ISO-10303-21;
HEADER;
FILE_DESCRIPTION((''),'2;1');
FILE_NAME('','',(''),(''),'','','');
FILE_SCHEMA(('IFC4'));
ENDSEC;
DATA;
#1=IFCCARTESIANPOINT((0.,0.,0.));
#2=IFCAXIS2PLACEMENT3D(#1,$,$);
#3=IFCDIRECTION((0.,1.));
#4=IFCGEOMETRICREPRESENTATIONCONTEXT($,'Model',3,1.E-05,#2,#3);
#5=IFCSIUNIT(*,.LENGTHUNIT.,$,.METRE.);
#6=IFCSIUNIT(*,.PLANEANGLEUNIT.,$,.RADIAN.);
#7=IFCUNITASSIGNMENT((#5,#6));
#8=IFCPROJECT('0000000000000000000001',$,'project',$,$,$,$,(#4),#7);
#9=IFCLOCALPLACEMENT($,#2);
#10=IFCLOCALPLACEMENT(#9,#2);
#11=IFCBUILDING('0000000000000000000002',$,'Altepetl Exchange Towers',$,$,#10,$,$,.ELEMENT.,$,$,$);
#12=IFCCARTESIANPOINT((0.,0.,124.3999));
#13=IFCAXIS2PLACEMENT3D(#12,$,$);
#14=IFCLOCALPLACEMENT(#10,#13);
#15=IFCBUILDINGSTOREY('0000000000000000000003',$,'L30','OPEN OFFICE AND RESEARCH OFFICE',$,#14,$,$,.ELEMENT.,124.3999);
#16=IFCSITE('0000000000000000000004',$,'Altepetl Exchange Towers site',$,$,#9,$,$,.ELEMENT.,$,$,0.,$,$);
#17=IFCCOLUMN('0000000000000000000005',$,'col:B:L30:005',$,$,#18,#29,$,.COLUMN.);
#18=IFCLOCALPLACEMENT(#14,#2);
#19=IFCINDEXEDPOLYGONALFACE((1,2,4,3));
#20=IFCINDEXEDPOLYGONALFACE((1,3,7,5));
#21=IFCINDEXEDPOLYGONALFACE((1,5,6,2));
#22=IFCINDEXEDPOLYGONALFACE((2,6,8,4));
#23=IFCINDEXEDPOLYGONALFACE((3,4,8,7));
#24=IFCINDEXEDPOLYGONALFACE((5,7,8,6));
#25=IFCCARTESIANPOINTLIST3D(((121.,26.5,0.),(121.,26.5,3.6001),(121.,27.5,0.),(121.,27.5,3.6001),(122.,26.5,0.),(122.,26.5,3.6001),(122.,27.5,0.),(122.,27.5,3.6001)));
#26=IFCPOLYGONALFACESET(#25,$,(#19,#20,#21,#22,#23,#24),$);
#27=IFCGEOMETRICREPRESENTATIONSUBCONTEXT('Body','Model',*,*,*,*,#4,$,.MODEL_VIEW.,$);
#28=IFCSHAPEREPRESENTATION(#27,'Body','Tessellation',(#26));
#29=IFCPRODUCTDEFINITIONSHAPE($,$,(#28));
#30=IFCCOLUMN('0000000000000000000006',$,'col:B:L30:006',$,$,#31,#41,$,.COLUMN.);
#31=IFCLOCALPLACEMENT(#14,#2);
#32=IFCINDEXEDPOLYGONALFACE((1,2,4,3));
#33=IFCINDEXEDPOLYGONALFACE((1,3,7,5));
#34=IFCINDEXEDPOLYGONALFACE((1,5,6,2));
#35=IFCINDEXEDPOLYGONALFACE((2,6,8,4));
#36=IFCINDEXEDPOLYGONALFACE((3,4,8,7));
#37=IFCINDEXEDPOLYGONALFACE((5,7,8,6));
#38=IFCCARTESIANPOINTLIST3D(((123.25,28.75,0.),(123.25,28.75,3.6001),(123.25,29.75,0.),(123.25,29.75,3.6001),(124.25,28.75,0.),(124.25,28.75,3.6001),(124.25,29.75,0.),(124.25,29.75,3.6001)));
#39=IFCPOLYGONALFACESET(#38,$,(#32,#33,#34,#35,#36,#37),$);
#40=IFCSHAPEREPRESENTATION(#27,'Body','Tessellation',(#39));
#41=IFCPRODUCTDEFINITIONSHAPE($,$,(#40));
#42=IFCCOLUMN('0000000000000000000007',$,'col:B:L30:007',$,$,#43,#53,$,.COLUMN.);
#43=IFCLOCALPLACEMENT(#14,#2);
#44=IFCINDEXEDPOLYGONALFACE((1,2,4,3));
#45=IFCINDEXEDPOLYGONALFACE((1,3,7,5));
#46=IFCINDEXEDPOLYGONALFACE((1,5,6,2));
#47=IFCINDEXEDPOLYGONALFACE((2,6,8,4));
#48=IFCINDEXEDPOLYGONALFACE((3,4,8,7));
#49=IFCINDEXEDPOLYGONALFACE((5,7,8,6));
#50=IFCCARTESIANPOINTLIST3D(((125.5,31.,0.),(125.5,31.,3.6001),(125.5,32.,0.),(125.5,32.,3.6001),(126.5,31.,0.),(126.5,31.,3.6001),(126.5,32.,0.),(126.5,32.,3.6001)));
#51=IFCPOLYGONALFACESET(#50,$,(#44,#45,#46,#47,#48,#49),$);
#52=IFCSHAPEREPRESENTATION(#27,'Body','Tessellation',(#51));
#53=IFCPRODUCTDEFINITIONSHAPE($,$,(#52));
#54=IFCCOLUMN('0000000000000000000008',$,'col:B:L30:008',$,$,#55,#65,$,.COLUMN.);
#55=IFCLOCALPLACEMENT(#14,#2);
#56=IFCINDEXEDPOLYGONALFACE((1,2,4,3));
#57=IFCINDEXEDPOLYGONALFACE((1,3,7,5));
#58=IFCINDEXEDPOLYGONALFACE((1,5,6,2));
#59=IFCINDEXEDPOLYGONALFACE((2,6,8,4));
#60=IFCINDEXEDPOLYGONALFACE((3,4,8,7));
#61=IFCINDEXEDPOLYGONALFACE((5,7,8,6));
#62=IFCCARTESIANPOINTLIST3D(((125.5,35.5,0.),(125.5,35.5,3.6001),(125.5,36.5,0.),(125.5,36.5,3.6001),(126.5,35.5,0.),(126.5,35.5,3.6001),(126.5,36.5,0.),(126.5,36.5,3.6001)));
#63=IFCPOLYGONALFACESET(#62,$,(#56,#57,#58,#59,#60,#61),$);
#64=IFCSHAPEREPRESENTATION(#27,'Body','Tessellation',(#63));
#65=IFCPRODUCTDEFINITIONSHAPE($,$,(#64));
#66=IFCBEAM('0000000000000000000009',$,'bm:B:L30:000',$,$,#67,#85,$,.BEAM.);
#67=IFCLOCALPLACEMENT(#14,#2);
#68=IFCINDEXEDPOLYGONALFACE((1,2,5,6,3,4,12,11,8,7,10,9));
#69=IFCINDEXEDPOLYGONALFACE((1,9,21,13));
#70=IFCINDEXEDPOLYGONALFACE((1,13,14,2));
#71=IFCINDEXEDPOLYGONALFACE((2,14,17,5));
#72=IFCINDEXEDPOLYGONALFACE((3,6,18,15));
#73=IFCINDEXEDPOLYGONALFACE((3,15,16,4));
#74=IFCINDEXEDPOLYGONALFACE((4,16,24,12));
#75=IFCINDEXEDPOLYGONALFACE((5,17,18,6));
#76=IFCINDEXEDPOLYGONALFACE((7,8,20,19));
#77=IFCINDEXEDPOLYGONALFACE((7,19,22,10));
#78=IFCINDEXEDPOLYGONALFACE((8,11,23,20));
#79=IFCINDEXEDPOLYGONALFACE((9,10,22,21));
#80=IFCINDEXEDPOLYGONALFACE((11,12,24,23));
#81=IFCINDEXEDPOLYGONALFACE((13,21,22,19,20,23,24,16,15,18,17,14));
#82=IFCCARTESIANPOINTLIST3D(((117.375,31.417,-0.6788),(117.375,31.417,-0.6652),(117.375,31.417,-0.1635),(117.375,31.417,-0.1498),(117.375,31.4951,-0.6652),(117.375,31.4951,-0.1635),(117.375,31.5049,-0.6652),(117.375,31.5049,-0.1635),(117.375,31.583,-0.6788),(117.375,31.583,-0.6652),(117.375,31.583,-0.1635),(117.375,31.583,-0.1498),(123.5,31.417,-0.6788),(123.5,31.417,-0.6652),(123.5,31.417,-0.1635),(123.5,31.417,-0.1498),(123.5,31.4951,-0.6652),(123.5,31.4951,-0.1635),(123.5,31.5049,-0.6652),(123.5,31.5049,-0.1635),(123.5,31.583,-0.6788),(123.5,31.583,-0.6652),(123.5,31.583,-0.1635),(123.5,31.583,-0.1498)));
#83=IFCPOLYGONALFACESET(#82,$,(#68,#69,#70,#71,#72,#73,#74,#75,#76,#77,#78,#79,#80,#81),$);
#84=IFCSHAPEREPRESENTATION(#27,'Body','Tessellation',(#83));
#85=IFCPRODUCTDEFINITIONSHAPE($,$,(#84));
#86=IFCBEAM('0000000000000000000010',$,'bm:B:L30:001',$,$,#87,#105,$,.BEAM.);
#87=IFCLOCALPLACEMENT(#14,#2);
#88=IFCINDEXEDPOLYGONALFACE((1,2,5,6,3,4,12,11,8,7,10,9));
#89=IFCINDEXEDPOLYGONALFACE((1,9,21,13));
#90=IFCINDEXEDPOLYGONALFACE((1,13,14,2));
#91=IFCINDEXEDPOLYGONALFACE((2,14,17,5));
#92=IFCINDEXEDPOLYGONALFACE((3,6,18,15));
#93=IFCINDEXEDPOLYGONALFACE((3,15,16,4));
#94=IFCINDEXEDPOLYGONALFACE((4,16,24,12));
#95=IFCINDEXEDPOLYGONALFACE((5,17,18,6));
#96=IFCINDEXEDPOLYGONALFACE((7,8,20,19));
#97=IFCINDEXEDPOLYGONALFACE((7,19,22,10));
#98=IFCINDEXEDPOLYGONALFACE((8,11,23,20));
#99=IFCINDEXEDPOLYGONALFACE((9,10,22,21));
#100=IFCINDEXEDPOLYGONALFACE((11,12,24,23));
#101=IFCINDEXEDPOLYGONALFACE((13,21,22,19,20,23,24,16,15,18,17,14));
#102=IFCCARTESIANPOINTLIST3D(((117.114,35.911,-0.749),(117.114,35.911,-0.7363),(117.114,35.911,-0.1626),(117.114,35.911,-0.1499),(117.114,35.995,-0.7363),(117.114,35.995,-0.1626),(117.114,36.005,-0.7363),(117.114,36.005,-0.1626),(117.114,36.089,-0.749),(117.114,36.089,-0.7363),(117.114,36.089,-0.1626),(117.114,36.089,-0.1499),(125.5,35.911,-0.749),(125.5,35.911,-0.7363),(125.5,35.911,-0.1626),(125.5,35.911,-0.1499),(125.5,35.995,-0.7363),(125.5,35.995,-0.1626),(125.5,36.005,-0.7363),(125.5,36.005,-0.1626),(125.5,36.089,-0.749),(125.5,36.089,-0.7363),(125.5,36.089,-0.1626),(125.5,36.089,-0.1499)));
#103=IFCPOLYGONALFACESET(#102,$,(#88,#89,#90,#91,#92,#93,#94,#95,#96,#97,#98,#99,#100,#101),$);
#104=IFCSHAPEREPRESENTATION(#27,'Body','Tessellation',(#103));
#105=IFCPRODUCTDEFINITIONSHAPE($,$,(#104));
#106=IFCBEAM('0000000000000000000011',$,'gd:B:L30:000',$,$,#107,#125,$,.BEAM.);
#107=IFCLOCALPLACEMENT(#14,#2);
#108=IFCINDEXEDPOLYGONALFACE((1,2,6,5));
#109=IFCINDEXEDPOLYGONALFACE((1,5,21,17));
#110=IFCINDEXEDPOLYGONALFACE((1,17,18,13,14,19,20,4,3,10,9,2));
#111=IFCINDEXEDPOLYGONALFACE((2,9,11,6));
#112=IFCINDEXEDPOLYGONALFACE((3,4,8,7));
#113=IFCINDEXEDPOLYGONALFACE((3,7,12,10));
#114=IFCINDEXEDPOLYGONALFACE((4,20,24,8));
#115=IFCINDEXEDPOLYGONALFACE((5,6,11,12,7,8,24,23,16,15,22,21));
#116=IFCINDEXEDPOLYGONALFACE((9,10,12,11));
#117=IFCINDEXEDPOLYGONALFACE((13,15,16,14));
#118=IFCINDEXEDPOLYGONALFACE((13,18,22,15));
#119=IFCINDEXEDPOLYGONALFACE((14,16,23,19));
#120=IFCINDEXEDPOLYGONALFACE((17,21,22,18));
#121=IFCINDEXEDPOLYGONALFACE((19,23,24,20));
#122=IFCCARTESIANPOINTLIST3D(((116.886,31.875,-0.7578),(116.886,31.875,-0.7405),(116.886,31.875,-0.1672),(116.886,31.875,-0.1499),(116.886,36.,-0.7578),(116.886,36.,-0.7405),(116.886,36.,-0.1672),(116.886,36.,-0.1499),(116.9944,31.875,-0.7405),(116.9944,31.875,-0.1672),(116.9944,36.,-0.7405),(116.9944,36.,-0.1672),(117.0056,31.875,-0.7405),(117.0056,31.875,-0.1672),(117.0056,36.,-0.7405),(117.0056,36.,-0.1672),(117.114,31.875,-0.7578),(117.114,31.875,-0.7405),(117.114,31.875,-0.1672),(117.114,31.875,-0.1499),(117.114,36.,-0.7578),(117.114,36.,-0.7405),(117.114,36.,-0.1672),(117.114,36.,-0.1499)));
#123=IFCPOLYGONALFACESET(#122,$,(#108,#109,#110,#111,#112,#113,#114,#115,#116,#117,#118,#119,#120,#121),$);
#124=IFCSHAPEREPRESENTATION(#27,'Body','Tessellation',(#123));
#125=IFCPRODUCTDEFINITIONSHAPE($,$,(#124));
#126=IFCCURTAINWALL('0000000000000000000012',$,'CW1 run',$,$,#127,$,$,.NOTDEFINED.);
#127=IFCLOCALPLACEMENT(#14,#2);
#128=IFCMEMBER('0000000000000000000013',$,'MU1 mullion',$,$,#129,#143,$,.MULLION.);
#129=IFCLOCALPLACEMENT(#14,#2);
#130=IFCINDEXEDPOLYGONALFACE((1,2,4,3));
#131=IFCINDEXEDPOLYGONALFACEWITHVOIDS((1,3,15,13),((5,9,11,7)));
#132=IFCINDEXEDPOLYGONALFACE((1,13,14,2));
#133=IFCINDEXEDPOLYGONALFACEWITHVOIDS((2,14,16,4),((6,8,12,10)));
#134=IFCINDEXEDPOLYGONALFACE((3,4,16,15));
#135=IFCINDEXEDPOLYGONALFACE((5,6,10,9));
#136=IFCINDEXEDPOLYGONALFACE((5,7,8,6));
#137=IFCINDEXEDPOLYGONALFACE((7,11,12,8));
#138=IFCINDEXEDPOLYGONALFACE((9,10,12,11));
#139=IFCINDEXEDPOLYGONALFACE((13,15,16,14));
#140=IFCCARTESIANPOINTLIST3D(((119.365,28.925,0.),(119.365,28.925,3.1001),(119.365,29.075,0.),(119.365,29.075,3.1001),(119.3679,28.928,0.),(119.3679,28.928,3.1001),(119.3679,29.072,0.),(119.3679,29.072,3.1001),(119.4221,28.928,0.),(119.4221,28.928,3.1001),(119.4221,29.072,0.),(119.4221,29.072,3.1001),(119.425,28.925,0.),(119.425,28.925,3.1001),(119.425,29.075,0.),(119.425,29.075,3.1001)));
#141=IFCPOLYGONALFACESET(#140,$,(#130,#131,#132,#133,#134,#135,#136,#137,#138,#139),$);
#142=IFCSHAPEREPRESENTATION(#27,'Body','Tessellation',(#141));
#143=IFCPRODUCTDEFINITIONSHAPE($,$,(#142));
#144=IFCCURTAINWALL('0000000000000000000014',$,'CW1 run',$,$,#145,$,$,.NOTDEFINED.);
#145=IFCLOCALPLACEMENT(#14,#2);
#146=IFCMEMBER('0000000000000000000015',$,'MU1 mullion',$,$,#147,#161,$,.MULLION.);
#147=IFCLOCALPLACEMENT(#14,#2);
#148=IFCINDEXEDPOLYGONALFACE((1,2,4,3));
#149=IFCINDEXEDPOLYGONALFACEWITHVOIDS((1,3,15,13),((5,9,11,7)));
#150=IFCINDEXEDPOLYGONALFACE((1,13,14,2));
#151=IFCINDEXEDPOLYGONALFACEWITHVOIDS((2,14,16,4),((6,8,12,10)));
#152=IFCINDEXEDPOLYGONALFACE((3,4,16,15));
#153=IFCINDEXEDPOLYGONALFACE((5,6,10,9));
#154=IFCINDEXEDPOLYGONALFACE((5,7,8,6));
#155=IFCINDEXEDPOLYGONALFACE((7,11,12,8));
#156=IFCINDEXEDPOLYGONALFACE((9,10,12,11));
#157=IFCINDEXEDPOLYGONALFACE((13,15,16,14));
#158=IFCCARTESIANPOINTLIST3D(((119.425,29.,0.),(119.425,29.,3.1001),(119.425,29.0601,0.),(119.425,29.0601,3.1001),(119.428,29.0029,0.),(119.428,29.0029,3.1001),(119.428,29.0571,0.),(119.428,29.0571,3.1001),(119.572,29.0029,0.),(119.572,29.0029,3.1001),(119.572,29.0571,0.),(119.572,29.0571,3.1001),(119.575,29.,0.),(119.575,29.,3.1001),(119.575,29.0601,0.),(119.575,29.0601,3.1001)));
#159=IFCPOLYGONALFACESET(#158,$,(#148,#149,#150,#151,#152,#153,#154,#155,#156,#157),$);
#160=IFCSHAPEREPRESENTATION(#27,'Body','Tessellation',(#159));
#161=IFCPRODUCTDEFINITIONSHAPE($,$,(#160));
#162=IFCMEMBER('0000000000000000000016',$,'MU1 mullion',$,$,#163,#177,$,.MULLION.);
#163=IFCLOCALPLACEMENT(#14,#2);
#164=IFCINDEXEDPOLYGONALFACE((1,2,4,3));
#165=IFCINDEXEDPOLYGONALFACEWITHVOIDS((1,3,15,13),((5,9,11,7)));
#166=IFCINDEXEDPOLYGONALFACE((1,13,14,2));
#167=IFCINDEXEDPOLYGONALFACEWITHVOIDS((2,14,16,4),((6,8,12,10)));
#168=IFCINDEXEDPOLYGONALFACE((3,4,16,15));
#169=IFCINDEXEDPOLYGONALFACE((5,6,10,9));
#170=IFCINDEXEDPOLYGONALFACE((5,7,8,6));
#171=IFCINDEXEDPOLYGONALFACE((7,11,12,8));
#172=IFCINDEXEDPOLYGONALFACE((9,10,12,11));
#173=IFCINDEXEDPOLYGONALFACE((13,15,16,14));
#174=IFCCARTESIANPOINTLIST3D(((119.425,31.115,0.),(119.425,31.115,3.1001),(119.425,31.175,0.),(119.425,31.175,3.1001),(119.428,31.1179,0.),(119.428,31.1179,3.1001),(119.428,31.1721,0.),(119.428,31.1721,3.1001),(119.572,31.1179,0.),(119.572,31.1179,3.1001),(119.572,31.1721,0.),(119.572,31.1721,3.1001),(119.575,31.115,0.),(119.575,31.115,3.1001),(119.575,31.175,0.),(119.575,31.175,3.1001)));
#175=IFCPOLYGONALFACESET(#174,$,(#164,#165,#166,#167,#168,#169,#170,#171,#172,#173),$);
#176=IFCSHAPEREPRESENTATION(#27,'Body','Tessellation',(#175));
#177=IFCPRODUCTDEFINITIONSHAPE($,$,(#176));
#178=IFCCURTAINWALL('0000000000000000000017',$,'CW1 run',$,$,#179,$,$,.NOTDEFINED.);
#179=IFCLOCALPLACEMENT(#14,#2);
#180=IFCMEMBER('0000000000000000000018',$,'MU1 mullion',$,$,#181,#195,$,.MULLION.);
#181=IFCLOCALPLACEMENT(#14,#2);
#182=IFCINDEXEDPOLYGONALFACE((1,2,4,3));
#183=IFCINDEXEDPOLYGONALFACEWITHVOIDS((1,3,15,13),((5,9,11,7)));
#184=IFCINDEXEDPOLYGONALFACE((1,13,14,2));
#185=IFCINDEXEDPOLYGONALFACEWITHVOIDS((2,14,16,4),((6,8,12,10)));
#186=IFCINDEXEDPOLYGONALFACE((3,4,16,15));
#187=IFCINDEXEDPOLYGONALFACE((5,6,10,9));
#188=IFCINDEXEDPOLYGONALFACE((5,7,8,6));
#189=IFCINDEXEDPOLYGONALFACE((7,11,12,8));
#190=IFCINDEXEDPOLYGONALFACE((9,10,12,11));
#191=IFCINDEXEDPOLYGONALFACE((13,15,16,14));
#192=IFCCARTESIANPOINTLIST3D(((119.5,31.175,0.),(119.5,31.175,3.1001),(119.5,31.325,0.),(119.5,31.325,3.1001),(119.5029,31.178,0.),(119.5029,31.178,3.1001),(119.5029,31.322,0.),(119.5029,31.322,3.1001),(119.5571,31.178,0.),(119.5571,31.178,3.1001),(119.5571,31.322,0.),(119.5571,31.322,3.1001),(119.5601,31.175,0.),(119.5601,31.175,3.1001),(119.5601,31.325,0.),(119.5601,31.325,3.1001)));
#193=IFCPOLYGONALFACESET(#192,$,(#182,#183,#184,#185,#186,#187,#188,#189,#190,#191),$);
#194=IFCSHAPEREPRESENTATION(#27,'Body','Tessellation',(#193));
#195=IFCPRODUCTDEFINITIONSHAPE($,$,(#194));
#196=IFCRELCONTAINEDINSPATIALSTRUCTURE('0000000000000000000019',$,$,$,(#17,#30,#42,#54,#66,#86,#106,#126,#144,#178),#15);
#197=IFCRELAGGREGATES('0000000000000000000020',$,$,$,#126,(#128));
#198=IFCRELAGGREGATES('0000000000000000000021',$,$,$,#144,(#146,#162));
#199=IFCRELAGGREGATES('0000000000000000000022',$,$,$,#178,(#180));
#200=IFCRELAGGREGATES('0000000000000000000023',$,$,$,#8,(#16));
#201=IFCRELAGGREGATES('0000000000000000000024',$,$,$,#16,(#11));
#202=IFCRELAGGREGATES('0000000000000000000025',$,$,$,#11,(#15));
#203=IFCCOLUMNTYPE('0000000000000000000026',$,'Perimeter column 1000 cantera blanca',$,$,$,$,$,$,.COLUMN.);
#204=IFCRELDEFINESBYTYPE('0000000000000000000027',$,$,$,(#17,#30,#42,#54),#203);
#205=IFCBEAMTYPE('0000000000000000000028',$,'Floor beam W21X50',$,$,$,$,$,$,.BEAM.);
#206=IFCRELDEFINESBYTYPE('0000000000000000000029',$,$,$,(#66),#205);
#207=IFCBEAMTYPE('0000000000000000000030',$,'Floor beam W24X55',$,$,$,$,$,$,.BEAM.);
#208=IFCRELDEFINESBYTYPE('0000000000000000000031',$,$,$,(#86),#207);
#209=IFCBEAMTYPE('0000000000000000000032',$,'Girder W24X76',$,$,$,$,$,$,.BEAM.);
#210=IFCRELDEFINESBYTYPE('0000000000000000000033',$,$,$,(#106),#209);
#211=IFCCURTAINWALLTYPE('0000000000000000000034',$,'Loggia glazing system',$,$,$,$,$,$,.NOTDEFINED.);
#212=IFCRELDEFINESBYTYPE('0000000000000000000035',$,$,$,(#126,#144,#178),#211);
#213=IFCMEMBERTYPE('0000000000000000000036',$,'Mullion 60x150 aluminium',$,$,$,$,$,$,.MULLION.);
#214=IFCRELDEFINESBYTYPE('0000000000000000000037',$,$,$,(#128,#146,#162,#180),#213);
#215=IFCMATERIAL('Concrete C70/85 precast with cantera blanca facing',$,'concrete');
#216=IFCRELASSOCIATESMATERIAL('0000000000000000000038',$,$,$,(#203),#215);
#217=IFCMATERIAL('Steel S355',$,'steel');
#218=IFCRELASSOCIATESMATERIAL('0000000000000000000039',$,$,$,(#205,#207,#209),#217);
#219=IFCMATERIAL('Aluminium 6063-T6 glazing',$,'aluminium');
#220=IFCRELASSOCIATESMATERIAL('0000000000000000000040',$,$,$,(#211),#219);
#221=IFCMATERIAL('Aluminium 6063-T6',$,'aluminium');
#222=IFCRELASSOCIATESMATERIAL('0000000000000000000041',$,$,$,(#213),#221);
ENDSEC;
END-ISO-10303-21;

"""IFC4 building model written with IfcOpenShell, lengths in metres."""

from ifc_helpers import new_model, si_unit, direction, frame, origin, origin_2d, place, context, subcontext, project, spatial, rectangle, hollow_rectangle, i_section, extrude, material, material_profile, profile_set, type_object, element, aggregate, save


model = new_model("IFC4")

# Units and contexts
model_context = context("Model", 3, precision=1e-05, world=origin(), true_north=direction((0.0, 1.0)))
body_context = subcontext(model_context, "Body", "Model", "MODEL_VIEW")
ifc_project = project(units=[si_unit("LENGTHUNIT", "METRE"), si_unit("PLANEANGLEUNIT", "RADIAN")], contexts=[model_context])

# Site, building, storey
site_placement = place(None, origin())
site = spatial("IfcSite", under=ifc_project, at=site_placement, Name="Altepetl Exchange Towers site", CompositionType="ELEMENT", RefElevation=0.0)
building_placement = place(site_placement, origin())
building = spatial("IfcBuilding", under=site, at=building_placement, Name="Altepetl Exchange Towers", CompositionType="ELEMENT")
storey_placement = place(building_placement, frame((0.0, 0.0, 124.3999)))
storey = spatial("IfcBuildingStorey", under=building, at=storey_placement, Name="L30", Description="OPEN OFFICE AND RESEARCH OFFICE", CompositionType="ELEMENT", Elevation=124.3999)

# Columns
ifc_material_1 = material(Name="Concrete C70/85 precast with cantera blanca facing", Category="concrete")
ifc_material_profile_1 = material_profile(ifc_material_1, rectangle(XDim=1.0, YDim=1.0, at=origin_2d()), Name="1000 x 1000")
ifc_profile_set_1 = profile_set([ifc_material_profile_1], Name="Concrete C70/85 precast with cantera blanca facing")
column_type = type_object("IfcColumnType", Name="Perimeter column 1000 cantera blanca", PredefinedType="COLUMN", material=ifc_profile_set_1)
for number, where, name in (
    (1, (121.5, 27.0, 0.0), "col:B:L30:005"),
    (2, (123.75, 29.25, 0.0), "col:B:L30:006"),
    (3, (126.0, 31.5, 0.0), "col:B:L30:007"),
    (4, (126.0, 36.0, 0.0), "col:B:L30:008"),
):
    element("IfcColumn", number, at=place(storey_placement, frame(where)), inside=storey, type_object=column_type, Name=name, PredefinedType="COLUMN", context=body_context, shape_type="SweptSolid", body=[
        extrude(rectangle(XDim=1.0, YDim=1.0, at=origin_2d()), origin(), (0.0, 0.0, 1.0), 3.6001),
    ])

# Beams
ifc_material_2 = material(Name="Steel S355", Category="steel")
ifc_material_profile_2 = material_profile(ifc_material_2, i_section(OverallWidth=0.166, OverallDepth=0.5291, WebThickness=0.0098, FlangeThickness=0.0137, at=origin_2d()), Name="W21X50")
ifc_profile_set_2 = profile_set([ifc_material_profile_2], Name="Steel S355")
beam_type_1 = type_object("IfcBeamType", Name="Floor beam W21X50", PredefinedType="BEAM", material=ifc_profile_set_2)
beam_1_placement = place(storey_placement, frame((117.375, 31.5, -0.4143), z_axis=(1.0, 0.0, 0.0), x_axis=(0.0, 1.0, 0.0)))
element("IfcBeam", 5, at=beam_1_placement, inside=storey, type_object=beam_type_1, Name="bm:B:L30:000", PredefinedType="BEAM", context=body_context, shape_type="SweptSolid", body=[
    extrude(i_section(OverallWidth=0.166, OverallDepth=0.5291, WebThickness=0.0098, FlangeThickness=0.0137, at=origin_2d()), origin(), (0.0, 0.0, 1.0), 6.125),
])
ifc_material_profile_3 = material_profile(ifc_material_2, i_section(OverallWidth=0.178, OverallDepth=0.5991, WebThickness=0.01, FlangeThickness=0.0127, at=origin_2d()), Name="W24X55")
ifc_profile_set_3 = profile_set([ifc_material_profile_3], Name="Steel S355")
beam_type_2 = type_object("IfcBeamType", Name="Floor beam W24X55", PredefinedType="BEAM", material=ifc_profile_set_3)
beam_2_placement = place(storey_placement, frame((117.114, 36.0, -0.4495), z_axis=(1.0, 0.0, 0.0), x_axis=(0.0, 1.0, 0.0)))
element("IfcBeam", 6, at=beam_2_placement, inside=storey, type_object=beam_type_2, Name="bm:B:L30:001", PredefinedType="BEAM", context=body_context, shape_type="SweptSolid", body=[
    extrude(i_section(OverallWidth=0.178, OverallDepth=0.5991, WebThickness=0.01, FlangeThickness=0.0127, at=origin_2d()), origin(), (0.0, 0.0, 1.0), 8.386),
])
ifc_material_profile_4 = material_profile(ifc_material_2, i_section(OverallWidth=0.228, OverallDepth=0.6079, WebThickness=0.0112, FlangeThickness=0.0173, at=origin_2d()), Name="W24X76")
ifc_profile_set_4 = profile_set([ifc_material_profile_4], Name="Steel S355")
beam_type_3 = type_object("IfcBeamType", Name="Girder W24X76", PredefinedType="BEAM", material=ifc_profile_set_4)
beam_3_placement = place(storey_placement, frame((117.0, 36.0, -0.4539), z_axis=(0.0, -1.0, 0.0), x_axis=(1.0, 0.0, 0.0)))
element("IfcBeam", 7, at=beam_3_placement, inside=storey, type_object=beam_type_3, Name="gd:B:L30:000", PredefinedType="BEAM", context=body_context, shape_type="SweptSolid", body=[
    extrude(i_section(OverallWidth=0.228, OverallDepth=0.6079, WebThickness=0.0112, FlangeThickness=0.0173, at=origin_2d()), origin(), (0.0, 0.0, 1.0), 4.125),
])

# Curtain wall, member
ifc_material_3 = material(Name="Aluminium 6063-T6 glazing", Category="aluminium")
curtain_wall_type = type_object("IfcCurtainWallType", Name="Loggia glazing system", PredefinedType="NOTDEFINED", material=ifc_material_3)
curtain_wall_1_placement = place(storey_placement, origin())
curtain_wall_1 = element("IfcCurtainWall", 8, at=curtain_wall_1_placement, inside=storey, type_object=curtain_wall_type, Name="CW1 run", PredefinedType="NOTDEFINED")
ifc_material_4 = material(Name="Aluminium 6063-T6", Category="aluminium")
ifc_material_profile_5 = material_profile(ifc_material_4, hollow_rectangle(XDim=0.0601, YDim=0.1499, WallThickness=0.0029, at=origin_2d()), Name="Mullion 60x150 aluminium")
ifc_profile_set_5 = profile_set([ifc_material_profile_5], Name="Aluminium 6063-T6")
member_type = type_object("IfcMemberType", Name="Mullion 60x150 aluminium", PredefinedType="MULLION", material=ifc_profile_set_5)
member_1_placement = place(storey_placement, frame((119.395, 29.0, 0.0)))
member_1 = element("IfcMember", 9, at=member_1_placement, type_object=member_type, Name="MU1 mullion", PredefinedType="MULLION", context=body_context, shape_type="SweptSolid", body=[
    extrude(hollow_rectangle(XDim=0.0601, YDim=0.1499, WallThickness=0.0029, at=origin_2d()), origin(), (0.0, 0.0, 1.0), 3.1001),
])

# Curtain walls, members
curtain_wall_2_placement = place(storey_placement, origin())
curtain_wall_2 = element("IfcCurtainWall", 10, at=curtain_wall_2_placement, inside=storey, type_object=curtain_wall_type, Name="CW1 run", PredefinedType="NOTDEFINED")
member_2_placement = place(storey_placement, frame((119.5, 29.03, 0.0), z_axis=(0.0, 0.0, 1.0), x_axis=(0.0, 1.0, 0.0)))
member_2 = element("IfcMember", 11, at=member_2_placement, type_object=member_type, Name="MU1 mullion", PredefinedType="MULLION", context=body_context, shape_type="SweptSolid", body=[
    extrude(hollow_rectangle(XDim=0.0601, YDim=0.1499, WallThickness=0.0029, at=origin_2d()), origin(), (0.0, 0.0, 1.0), 3.1001),
])
member_3_placement = place(storey_placement, frame((119.5, 31.145, 0.0), z_axis=(0.0, 0.0, 1.0), x_axis=(0.0, 1.0, 0.0)))
member_3 = element("IfcMember", 12, at=member_3_placement, type_object=member_type, Name="MU1 mullion", PredefinedType="MULLION", context=body_context, shape_type="SweptSolid", body=[
    extrude(hollow_rectangle(XDim=0.0601, YDim=0.1499, WallThickness=0.0029, at=origin_2d()), origin(), (0.0, 0.0, 1.0), 3.1001),
])
curtain_wall_3_placement = place(storey_placement, origin())
curtain_wall_3 = element("IfcCurtainWall", 13, at=curtain_wall_3_placement, inside=storey, type_object=curtain_wall_type, Name="CW1 run", PredefinedType="NOTDEFINED")
member_4_placement = place(storey_placement, frame((119.53, 31.25, 0.0)))
member_4 = element("IfcMember", 14, at=member_4_placement, type_object=member_type, Name="MU1 mullion", PredefinedType="MULLION", context=body_context, shape_type="SweptSolid", body=[
    extrude(hollow_rectangle(XDim=0.0601, YDim=0.1499, WallThickness=0.0029, at=origin_2d()), origin(), (0.0, 0.0, 1.0), 3.1001),
])

aggregate(curtain_wall_1, [member_1])
aggregate(curtain_wall_2, [member_2, member_3])
aggregate(curtain_wall_3, [member_4])

save(model, "model.ifc")
